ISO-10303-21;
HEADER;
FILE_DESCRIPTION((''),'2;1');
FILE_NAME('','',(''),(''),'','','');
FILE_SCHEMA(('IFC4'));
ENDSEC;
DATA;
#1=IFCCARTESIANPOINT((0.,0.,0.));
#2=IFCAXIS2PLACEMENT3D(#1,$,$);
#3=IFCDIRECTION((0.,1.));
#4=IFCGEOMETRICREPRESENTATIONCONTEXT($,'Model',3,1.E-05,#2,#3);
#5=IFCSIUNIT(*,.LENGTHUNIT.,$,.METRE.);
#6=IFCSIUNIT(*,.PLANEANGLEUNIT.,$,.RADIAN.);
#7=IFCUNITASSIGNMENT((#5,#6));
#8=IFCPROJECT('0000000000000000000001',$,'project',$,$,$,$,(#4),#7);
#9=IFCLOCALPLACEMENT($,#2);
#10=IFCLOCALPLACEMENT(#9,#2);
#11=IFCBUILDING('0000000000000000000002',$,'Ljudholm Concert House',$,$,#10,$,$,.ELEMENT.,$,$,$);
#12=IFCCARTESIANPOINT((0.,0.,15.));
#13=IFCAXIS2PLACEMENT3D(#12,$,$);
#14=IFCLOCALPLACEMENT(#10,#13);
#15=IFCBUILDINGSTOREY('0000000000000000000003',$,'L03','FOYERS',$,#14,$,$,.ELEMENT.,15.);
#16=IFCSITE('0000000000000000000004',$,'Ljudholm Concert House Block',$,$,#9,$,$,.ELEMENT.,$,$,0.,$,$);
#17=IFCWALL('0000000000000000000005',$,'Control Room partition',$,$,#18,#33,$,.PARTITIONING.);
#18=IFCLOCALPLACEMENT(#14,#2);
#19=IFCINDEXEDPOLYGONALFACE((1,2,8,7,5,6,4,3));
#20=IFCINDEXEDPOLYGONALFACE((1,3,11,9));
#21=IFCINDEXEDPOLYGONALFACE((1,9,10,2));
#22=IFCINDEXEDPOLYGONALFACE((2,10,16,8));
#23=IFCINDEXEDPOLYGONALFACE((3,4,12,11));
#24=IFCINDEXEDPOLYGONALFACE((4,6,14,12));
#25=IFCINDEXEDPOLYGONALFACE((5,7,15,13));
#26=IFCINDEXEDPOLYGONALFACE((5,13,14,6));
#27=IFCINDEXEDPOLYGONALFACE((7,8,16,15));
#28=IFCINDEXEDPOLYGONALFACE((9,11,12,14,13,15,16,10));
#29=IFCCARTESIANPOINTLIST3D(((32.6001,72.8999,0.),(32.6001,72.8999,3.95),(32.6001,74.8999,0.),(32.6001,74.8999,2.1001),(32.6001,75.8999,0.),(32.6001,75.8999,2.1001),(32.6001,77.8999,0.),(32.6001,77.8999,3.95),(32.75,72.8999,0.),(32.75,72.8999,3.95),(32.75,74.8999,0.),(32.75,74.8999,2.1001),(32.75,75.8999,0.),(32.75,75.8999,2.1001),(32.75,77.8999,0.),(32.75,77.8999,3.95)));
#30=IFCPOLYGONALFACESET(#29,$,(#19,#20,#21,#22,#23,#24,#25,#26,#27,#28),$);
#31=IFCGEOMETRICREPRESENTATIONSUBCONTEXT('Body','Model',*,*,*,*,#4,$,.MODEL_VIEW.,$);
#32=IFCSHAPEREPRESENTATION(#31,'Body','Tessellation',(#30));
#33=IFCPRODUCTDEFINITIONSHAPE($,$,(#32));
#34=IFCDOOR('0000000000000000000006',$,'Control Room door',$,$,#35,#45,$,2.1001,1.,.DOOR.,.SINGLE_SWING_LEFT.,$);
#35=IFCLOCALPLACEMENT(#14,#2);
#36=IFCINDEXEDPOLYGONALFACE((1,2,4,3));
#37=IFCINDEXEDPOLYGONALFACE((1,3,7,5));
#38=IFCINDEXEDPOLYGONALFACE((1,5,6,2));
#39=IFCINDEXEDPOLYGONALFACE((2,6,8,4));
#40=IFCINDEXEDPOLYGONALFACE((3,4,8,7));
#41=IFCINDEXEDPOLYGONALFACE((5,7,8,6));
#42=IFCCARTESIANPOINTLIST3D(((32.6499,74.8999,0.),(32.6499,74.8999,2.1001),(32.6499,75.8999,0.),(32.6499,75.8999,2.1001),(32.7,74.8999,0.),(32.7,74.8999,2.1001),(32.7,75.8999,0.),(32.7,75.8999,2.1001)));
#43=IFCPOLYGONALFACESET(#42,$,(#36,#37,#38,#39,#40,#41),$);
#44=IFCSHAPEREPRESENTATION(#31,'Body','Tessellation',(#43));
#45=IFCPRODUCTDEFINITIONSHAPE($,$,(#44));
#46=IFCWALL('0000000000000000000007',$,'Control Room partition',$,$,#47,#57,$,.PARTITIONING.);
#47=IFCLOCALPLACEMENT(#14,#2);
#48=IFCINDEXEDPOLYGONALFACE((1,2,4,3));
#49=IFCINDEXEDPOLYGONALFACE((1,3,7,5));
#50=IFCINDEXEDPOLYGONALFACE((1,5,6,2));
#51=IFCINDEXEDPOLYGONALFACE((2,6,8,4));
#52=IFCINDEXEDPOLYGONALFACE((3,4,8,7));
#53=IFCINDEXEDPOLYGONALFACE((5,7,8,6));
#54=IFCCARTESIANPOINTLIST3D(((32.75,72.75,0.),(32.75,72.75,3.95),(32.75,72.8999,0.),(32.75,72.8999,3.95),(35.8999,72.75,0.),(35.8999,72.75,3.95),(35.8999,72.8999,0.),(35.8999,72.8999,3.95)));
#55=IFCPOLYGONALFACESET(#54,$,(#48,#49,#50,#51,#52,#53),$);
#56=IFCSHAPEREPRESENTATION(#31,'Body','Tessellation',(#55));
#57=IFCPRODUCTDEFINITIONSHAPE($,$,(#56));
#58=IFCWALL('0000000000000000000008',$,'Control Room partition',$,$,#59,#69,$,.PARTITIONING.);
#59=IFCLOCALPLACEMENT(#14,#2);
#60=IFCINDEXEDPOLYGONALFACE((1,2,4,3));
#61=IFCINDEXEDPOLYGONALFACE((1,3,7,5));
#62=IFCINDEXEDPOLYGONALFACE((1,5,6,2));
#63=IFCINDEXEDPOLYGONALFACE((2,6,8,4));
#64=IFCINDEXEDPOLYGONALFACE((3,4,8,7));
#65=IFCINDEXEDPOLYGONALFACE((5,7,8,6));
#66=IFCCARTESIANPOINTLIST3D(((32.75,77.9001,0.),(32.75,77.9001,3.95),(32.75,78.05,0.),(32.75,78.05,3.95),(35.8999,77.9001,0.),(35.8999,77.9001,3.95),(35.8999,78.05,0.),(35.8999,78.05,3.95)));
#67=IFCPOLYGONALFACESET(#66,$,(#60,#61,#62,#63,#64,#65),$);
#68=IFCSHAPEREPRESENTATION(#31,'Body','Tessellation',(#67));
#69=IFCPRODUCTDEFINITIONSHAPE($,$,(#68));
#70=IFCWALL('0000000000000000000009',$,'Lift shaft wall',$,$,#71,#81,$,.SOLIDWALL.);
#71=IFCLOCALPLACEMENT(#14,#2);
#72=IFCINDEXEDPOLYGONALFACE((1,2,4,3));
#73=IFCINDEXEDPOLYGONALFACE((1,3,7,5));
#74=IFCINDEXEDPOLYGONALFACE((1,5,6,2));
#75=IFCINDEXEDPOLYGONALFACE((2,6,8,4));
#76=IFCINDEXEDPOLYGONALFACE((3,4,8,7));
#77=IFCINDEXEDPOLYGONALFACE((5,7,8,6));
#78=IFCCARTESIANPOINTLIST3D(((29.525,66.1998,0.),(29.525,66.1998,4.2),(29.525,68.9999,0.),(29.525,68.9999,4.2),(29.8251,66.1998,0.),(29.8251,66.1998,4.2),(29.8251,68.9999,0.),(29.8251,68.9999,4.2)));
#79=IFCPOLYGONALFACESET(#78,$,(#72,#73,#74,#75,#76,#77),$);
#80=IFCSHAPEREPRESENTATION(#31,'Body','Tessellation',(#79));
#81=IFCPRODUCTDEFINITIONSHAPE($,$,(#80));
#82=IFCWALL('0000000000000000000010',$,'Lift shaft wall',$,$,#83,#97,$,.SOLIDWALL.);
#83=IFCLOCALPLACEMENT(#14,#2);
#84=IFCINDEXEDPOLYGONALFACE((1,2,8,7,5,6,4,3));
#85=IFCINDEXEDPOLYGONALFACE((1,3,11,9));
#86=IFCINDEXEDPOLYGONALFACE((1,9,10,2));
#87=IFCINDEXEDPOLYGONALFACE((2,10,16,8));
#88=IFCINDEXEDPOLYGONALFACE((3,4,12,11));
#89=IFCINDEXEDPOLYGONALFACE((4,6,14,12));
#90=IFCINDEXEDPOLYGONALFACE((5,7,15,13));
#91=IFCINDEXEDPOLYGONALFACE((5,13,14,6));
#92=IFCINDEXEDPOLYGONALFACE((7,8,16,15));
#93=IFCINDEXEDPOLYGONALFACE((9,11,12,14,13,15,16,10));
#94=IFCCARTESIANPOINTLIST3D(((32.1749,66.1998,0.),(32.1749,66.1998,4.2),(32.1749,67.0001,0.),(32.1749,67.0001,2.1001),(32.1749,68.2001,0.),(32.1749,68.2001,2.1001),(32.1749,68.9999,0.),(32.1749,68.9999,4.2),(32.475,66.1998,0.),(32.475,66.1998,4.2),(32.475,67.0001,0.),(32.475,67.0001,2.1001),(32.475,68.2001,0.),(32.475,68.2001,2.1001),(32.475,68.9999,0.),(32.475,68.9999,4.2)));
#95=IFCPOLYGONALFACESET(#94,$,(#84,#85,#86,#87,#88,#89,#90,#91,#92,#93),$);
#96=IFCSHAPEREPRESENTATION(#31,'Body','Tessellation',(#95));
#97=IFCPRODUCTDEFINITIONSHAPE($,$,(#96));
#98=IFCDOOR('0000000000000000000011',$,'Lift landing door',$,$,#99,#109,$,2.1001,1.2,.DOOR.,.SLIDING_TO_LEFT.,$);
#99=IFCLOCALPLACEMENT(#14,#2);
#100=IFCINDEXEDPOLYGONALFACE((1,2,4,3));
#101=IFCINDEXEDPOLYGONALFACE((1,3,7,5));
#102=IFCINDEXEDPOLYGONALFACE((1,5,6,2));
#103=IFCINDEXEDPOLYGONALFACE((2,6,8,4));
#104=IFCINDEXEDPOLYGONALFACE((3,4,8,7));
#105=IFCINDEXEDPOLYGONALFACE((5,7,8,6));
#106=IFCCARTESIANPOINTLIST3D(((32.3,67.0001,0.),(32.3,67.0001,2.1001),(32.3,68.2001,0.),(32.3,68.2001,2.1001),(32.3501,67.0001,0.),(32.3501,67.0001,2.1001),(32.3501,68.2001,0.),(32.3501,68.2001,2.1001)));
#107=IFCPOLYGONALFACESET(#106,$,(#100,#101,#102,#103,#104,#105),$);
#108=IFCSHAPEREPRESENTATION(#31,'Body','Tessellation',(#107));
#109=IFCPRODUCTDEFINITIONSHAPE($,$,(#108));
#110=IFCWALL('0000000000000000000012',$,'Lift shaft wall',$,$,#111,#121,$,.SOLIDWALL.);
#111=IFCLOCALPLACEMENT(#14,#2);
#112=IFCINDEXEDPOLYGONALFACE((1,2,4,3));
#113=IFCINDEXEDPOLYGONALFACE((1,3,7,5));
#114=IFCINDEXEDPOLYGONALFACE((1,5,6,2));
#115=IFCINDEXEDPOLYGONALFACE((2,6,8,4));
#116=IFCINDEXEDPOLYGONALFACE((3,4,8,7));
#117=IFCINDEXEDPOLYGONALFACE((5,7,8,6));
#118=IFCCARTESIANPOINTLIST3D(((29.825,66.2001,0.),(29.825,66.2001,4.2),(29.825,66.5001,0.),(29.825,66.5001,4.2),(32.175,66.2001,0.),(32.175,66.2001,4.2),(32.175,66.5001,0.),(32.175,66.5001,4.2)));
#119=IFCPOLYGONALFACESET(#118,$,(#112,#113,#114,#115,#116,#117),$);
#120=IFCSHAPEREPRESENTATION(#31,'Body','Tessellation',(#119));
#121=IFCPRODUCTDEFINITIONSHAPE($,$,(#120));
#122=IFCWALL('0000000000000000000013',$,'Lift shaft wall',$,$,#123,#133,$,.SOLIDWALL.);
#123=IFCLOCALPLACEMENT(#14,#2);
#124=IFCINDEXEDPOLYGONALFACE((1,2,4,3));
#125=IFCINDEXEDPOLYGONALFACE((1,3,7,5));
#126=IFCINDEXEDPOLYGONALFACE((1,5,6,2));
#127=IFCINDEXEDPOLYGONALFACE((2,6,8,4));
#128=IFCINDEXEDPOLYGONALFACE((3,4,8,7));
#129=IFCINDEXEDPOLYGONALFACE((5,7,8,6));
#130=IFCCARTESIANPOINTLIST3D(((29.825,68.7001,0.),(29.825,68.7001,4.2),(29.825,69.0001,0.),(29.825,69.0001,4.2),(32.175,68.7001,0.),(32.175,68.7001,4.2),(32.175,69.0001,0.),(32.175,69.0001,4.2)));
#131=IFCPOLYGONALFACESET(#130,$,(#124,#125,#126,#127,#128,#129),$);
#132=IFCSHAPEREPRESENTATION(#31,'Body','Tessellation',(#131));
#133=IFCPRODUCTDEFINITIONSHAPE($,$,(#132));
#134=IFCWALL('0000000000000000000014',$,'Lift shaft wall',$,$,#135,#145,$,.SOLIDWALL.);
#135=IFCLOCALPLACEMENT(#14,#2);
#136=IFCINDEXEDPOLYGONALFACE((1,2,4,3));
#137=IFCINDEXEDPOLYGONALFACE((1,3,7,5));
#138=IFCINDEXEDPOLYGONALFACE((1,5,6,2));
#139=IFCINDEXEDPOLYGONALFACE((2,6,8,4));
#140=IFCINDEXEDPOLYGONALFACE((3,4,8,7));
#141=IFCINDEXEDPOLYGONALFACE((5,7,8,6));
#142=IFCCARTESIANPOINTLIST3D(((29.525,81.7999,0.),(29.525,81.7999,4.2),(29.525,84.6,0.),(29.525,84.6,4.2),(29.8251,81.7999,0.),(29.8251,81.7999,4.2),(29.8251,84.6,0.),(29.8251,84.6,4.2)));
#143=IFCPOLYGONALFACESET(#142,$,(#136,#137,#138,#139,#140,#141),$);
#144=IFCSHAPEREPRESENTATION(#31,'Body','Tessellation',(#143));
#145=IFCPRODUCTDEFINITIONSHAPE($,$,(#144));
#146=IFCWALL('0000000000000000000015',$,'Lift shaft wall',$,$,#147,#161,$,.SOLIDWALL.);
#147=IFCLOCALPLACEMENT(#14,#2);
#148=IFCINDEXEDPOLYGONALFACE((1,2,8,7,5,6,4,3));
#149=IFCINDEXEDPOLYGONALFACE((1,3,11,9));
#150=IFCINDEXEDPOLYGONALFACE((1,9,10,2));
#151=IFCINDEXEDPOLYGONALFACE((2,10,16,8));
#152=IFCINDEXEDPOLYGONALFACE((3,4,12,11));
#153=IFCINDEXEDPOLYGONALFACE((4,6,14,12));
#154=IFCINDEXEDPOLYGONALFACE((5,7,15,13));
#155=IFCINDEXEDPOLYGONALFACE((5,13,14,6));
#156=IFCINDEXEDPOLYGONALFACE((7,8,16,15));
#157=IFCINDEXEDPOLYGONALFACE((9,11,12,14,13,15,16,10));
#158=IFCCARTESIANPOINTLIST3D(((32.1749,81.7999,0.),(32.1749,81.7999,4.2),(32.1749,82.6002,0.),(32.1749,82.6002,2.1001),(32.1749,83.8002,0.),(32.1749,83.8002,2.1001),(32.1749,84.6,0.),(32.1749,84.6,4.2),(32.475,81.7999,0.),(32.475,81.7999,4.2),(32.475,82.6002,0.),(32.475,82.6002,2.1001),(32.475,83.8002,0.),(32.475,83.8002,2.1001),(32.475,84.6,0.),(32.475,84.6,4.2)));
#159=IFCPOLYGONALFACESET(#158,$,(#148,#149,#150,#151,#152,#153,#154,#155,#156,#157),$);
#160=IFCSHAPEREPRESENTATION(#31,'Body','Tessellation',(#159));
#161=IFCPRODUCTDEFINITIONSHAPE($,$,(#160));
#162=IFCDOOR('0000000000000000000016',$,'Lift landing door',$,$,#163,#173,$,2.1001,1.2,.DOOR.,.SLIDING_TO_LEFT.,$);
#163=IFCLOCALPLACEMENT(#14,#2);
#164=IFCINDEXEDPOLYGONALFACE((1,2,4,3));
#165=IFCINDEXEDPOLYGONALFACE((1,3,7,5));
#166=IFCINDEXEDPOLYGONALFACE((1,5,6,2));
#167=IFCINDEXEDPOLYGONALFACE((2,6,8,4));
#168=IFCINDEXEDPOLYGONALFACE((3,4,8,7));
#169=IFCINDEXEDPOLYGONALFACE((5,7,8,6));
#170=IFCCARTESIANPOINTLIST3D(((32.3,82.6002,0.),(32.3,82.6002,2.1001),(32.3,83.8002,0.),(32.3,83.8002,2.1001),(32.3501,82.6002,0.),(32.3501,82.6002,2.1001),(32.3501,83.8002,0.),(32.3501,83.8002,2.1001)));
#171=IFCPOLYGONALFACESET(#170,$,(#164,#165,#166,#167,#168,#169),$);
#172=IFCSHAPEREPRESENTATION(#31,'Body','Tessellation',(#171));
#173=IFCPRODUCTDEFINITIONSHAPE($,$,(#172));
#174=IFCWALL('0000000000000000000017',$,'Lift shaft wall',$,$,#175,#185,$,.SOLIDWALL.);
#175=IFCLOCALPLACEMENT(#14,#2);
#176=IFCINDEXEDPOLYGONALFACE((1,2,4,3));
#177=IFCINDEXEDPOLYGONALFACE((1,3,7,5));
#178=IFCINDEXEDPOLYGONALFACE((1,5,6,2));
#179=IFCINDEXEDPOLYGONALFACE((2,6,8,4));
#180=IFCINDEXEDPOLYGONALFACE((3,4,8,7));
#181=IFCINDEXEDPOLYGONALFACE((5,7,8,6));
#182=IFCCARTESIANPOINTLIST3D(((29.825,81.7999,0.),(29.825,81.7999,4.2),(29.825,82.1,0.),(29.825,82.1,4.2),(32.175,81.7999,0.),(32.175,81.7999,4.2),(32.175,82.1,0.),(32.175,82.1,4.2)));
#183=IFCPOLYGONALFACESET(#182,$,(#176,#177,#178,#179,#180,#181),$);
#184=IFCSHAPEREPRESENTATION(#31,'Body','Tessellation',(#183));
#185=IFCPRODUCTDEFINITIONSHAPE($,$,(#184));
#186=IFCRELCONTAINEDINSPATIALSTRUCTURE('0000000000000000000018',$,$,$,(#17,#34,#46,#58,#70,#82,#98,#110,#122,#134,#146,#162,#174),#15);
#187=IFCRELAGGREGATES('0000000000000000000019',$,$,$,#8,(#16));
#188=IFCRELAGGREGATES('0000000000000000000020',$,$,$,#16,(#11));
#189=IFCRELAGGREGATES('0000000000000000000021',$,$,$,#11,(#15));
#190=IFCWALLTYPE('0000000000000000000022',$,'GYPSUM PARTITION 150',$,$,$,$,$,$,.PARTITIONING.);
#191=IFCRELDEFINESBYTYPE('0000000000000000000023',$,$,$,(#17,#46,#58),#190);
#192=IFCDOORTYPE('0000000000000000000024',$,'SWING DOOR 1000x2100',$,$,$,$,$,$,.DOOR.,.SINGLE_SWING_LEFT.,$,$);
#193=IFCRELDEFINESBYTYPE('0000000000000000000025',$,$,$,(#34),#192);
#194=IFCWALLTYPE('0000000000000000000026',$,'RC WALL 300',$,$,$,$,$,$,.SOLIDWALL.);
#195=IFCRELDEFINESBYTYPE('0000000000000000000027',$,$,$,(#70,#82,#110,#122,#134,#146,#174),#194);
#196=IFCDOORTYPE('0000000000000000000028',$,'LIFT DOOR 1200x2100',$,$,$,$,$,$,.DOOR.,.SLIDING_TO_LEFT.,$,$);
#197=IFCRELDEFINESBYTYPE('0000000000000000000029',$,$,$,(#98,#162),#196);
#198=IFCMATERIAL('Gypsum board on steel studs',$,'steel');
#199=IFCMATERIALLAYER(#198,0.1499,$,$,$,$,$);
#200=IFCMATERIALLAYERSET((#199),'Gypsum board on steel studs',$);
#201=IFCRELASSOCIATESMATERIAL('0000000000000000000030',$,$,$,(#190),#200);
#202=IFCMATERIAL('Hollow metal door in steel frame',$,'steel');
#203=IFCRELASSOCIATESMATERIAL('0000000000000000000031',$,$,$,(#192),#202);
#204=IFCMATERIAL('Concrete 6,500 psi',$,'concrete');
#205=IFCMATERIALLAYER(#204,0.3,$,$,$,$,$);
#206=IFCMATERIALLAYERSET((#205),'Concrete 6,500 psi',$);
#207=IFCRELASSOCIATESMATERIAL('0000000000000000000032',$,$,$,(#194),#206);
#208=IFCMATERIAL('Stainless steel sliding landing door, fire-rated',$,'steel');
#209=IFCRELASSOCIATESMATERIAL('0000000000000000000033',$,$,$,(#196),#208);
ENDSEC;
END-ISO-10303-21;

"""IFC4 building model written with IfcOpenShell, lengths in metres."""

from ifc_helpers import new_model, si_unit, direction, frame, frame_2d, origin, place, context, subcontext, project, spatial, rectangle, extrude, material, layer, layer_set, type_object, element, fill, save


model = new_model("IFC4")

# Units and contexts
model_context = context("Model", 3, precision=1e-05, world=origin(), true_north=direction((0.0, 1.0)))
body_context = subcontext(model_context, "Body", "Model", "MODEL_VIEW")
ifc_project = project(units=[si_unit("LENGTHUNIT", "METRE"), si_unit("PLANEANGLEUNIT", "RADIAN")], contexts=[model_context])

# Site, building, storey
site_placement = place(None, origin())
site = spatial("IfcSite", under=ifc_project, at=site_placement, Name="Ljudholm Concert House Block", CompositionType="ELEMENT", RefElevation=0.0)
building_placement = place(site_placement, origin())
building = spatial("IfcBuilding", under=site, at=building_placement, Name="Ljudholm Concert House", CompositionType="ELEMENT")
storey_placement = place(building_placement, frame((0.0, 0.0, 15.0)))
storey = spatial("IfcBuildingStorey", under=building, at=storey_placement, Name="L03", Description="FOYERS", CompositionType="ELEMENT", Elevation=15.0)

# Wall, opening, door
ifc_material_1 = material(Name="Gypsum board on steel studs", Category="steel")
ifc_layer_1 = layer(ifc_material_1, 0.1499)
ifc_layer_set_1 = layer_set([ifc_layer_1], Name="Gypsum board on steel studs")
wall_type_1 = type_object("IfcWallType", Name="GYPSUM PARTITION 150", PredefinedType="PARTITIONING", material=ifc_layer_set_1)
wall_1_placement = place(storey_placement, frame((32.675, 72.8999, 0.0), z_axis=(0.0, 0.0, 1.0), x_axis=(0.0, 1.0, 0.0)))
wall_1 = element("IfcWall", 1, at=wall_1_placement, inside=storey, type_object=wall_type_1, Name="Control Room partition", PredefinedType="PARTITIONING", context=body_context, shape_type="SweptSolid", body=[
    extrude(rectangle(XDim=5.0, YDim=0.1499, at=frame_2d((2.5, 0.0))), origin(), (0.0, 0.0, 1.0), 3.95),
])
opening_1_placement = place(wall_1_placement, frame((2.0, 0.0, 0.0)))
opening_1 = element("IfcOpeningElement", 2, at=opening_1_placement, cuts=wall_1, PredefinedType="OPENING", context=body_context, shape_type="SweptSolid", body=[
    extrude(rectangle(XDim=1.0, YDim=2.1001, at=frame_2d((0.5, 1.05))), frame((0.0, 0.085, 0.0), z_axis=(0.0, -1.0, 0.0), x_axis=(1.0, 0.0, 0.0)), (0.0, 0.0, 1.0), 0.1699),
])
ifc_material_2 = material(Name="Hollow metal door in steel frame", Category="steel")
door_type_1 = type_object("IfcDoorType", Name="SWING DOOR 1000x2100", OperationType="SINGLE_SWING_LEFT", PredefinedType="DOOR", material=ifc_material_2)
door_1_placement = place(opening_1_placement, frame((1.0, 0.0, 0.0), z_axis=(0.0, 0.0, 1.0), x_axis=(-1.0, 0.0, 0.0)))
door_1 = element("IfcDoor", 3, at=door_1_placement, inside=storey, type_object=door_type_1, Name="Control Room door", OperationType="SINGLE_SWING_LEFT", OverallHeight=2.1001, OverallWidth=1.0, PredefinedType="DOOR", context=body_context, shape_type="SweptSolid", body=[
    extrude(rectangle(XDim=1.0, YDim=2.1001, at=frame_2d((0.5, 1.05))), frame((0.0, 0.0249, 0.0), z_axis=(0.0, -1.0, 0.0), x_axis=(1.0, 0.0, 0.0)), (0.0, 0.0, 1.0), 0.05),
])
fill(opening_1, door_1)

# Walls
for number, where, z_axis, x_axis, name in (
    (4, (32.75, 72.825, 0.0), (0.0, 0.0, 1.0), (1.0, 0.0, 0.0), "Control Room partition"),
    (5, (32.75, 77.9751, 0.0), (0.0, 0.0, 1.0), (1.0, 0.0, 0.0), "Control Room partition"),
):
    element("IfcWall", number, at=place(storey_placement, frame(where, z_axis=z_axis, x_axis=x_axis)), inside=storey, type_object=wall_type_1, Name=name, PredefinedType="PARTITIONING", context=body_context, shape_type="SweptSolid", body=[
        extrude(rectangle(XDim=3.1499, YDim=0.1499, at=frame_2d((1.575, 0.0))), origin(), (0.0, 0.0, 1.0), 3.95),
    ])
ifc_material_3 = material(Name="Concrete 6,500 psi", Category="concrete")
ifc_layer_2 = layer(ifc_material_3, 0.3)
ifc_layer_set_2 = layer_set([ifc_layer_2], Name="Concrete 6,500 psi")
wall_type_2 = type_object("IfcWallType", Name="RC WALL 300", PredefinedType="SOLIDWALL", material=ifc_layer_set_2)
wall_2_placement = place(storey_placement, frame((29.675, 66.2, 0.0), z_axis=(0.0, 0.0, 1.0), x_axis=(0.0, 1.0, 0.0)))
element("IfcWall", 6, at=wall_2_placement, inside=storey, type_object=wall_type_2, Name="Lift shaft wall", PredefinedType="SOLIDWALL", context=body_context, shape_type="SweptSolid", body=[
    extrude(rectangle(XDim=2.8, YDim=0.3, at=frame_2d((1.3999, 0.0))), origin(), (0.0, 0.0, 1.0), 4.2),
])

# Wall, opening, door
wall_3_placement = place(storey_placement, frame((32.325, 66.2, 0.0), z_axis=(0.0, 0.0, 1.0), x_axis=(0.0, 1.0, 0.0)))
wall_3 = element("IfcWall", 7, at=wall_3_placement, inside=storey, type_object=wall_type_2, Name="Lift shaft wall", PredefinedType="SOLIDWALL", context=body_context, shape_type="SweptSolid", body=[
    extrude(rectangle(XDim=2.8, YDim=0.3, at=frame_2d((1.3999, 0.0))), origin(), (0.0, 0.0, 1.0), 4.2),
])
opening_2_placement = place(wall_3_placement, frame((0.8, 0.0, 0.0)))
opening_2 = element("IfcOpeningElement", 8, at=opening_2_placement, cuts=wall_3, PredefinedType="OPENING", context=body_context, shape_type="SweptSolid", body=[
    extrude(rectangle(XDim=1.2, YDim=2.1001, at=frame_2d((0.6001, 1.05))), frame((0.0, 0.1599, 0.0), z_axis=(0.0, -1.0, 0.0), x_axis=(1.0, 0.0, 0.0)), (0.0, 0.0, 1.0), 0.3201),
])
ifc_material_4 = material(Name="Stainless steel sliding landing door, fire-rated", Category="steel")
door_type_2 = type_object("IfcDoorType", Name="LIFT DOOR 1200x2100", OperationType="SLIDING_TO_LEFT", PredefinedType="DOOR", material=ifc_material_4)
door_2_placement = place(opening_2_placement, origin())
door_2 = element("IfcDoor", 9, at=door_2_placement, inside=storey, type_object=door_type_2, Name="Lift landing door", OperationType="SLIDING_TO_LEFT", OverallHeight=2.1001, OverallWidth=1.2, PredefinedType="DOOR", context=body_context, shape_type="SweptSolid", body=[
    extrude(rectangle(XDim=1.2, YDim=2.1001, at=frame_2d((0.6001, 1.05))), frame((0.0, 0.0249, 0.0), z_axis=(0.0, -1.0, 0.0), x_axis=(1.0, 0.0, 0.0)), (0.0, 0.0, 1.0), 0.05),
])
fill(opening_2, door_2)

# Walls
for number, where, z_axis, x_axis, name in (
    (10, (29.825, 66.3501, 0.0), (0.0, 0.0, 1.0), (1.0, 0.0, 0.0), "Lift shaft wall"),
    (11, (29.825, 68.8501, 0.0), (0.0, 0.0, 1.0), (1.0, 0.0, 0.0), "Lift shaft wall"),
):
    element("IfcWall", number, at=place(storey_placement, frame(where, z_axis=z_axis, x_axis=x_axis)), inside=storey, type_object=wall_type_2, Name=name, PredefinedType="SOLIDWALL", context=body_context, shape_type="SweptSolid", body=[
        extrude(rectangle(XDim=2.3501, YDim=0.3, at=frame_2d((1.175, 0.0))), origin(), (0.0, 0.0, 1.0), 4.2),
    ])
wall_4_placement = place(storey_placement, frame((29.675, 81.8, 0.0), z_axis=(0.0, 0.0, 1.0), x_axis=(0.0, 1.0, 0.0)))
element("IfcWall", 12, at=wall_4_placement, inside=storey, type_object=wall_type_2, Name="Lift shaft wall", PredefinedType="SOLIDWALL", context=body_context, shape_type="SweptSolid", body=[
    extrude(rectangle(XDim=2.8, YDim=0.3, at=frame_2d((1.3999, 0.0))), origin(), (0.0, 0.0, 1.0), 4.2),
])

# Wall, opening, door
wall_5_placement = place(storey_placement, frame((32.325, 81.8, 0.0), z_axis=(0.0, 0.0, 1.0), x_axis=(0.0, 1.0, 0.0)))
wall_5 = element("IfcWall", 13, at=wall_5_placement, inside=storey, type_object=wall_type_2, Name="Lift shaft wall", PredefinedType="SOLIDWALL", context=body_context, shape_type="SweptSolid", body=[
    extrude(rectangle(XDim=2.8, YDim=0.3, at=frame_2d((1.3999, 0.0))), origin(), (0.0, 0.0, 1.0), 4.2),
])
opening_3_placement = place(wall_5_placement, frame((0.8, 0.0, 0.0)))
opening_3 = element("IfcOpeningElement", 14, at=opening_3_placement, cuts=wall_5, PredefinedType="OPENING", context=body_context, shape_type="SweptSolid", body=[
    extrude(rectangle(XDim=1.2, YDim=2.1001, at=frame_2d((0.6001, 1.05))), frame((0.0, 0.1599, 0.0), z_axis=(0.0, -1.0, 0.0), x_axis=(1.0, 0.0, 0.0)), (0.0, 0.0, 1.0), 0.3201),
])
door_3_placement = place(opening_3_placement, origin())
door_3 = element("IfcDoor", 15, at=door_3_placement, inside=storey, type_object=door_type_2, Name="Lift landing door", OperationType="SLIDING_TO_LEFT", OverallHeight=2.1001, OverallWidth=1.2, PredefinedType="DOOR", context=body_context, shape_type="SweptSolid", body=[
    extrude(rectangle(XDim=1.2, YDim=2.1001, at=frame_2d((0.6001, 1.05))), frame((0.0, 0.0249, 0.0), z_axis=(0.0, -1.0, 0.0), x_axis=(1.0, 0.0, 0.0)), (0.0, 0.0, 1.0), 0.05),
])
fill(opening_3, door_3)

# Wall
for number, where, z_axis, x_axis, name in (
    (16, (29.825, 81.95, 0.0), (0.0, 0.0, 1.0), (1.0, 0.0, 0.0), "Lift shaft wall"),
):
    element("IfcWall", number, at=place(storey_placement, frame(where, z_axis=z_axis, x_axis=x_axis)), inside=storey, type_object=wall_type_2, Name=name, PredefinedType="SOLIDWALL", context=body_context, shape_type="SweptSolid", body=[
        extrude(rectangle(XDim=2.3501, YDim=0.3, at=frame_2d((1.175, 0.0))), origin(), (0.0, 0.0, 1.0), 4.2),
    ])

save(model, "model.ifc")
